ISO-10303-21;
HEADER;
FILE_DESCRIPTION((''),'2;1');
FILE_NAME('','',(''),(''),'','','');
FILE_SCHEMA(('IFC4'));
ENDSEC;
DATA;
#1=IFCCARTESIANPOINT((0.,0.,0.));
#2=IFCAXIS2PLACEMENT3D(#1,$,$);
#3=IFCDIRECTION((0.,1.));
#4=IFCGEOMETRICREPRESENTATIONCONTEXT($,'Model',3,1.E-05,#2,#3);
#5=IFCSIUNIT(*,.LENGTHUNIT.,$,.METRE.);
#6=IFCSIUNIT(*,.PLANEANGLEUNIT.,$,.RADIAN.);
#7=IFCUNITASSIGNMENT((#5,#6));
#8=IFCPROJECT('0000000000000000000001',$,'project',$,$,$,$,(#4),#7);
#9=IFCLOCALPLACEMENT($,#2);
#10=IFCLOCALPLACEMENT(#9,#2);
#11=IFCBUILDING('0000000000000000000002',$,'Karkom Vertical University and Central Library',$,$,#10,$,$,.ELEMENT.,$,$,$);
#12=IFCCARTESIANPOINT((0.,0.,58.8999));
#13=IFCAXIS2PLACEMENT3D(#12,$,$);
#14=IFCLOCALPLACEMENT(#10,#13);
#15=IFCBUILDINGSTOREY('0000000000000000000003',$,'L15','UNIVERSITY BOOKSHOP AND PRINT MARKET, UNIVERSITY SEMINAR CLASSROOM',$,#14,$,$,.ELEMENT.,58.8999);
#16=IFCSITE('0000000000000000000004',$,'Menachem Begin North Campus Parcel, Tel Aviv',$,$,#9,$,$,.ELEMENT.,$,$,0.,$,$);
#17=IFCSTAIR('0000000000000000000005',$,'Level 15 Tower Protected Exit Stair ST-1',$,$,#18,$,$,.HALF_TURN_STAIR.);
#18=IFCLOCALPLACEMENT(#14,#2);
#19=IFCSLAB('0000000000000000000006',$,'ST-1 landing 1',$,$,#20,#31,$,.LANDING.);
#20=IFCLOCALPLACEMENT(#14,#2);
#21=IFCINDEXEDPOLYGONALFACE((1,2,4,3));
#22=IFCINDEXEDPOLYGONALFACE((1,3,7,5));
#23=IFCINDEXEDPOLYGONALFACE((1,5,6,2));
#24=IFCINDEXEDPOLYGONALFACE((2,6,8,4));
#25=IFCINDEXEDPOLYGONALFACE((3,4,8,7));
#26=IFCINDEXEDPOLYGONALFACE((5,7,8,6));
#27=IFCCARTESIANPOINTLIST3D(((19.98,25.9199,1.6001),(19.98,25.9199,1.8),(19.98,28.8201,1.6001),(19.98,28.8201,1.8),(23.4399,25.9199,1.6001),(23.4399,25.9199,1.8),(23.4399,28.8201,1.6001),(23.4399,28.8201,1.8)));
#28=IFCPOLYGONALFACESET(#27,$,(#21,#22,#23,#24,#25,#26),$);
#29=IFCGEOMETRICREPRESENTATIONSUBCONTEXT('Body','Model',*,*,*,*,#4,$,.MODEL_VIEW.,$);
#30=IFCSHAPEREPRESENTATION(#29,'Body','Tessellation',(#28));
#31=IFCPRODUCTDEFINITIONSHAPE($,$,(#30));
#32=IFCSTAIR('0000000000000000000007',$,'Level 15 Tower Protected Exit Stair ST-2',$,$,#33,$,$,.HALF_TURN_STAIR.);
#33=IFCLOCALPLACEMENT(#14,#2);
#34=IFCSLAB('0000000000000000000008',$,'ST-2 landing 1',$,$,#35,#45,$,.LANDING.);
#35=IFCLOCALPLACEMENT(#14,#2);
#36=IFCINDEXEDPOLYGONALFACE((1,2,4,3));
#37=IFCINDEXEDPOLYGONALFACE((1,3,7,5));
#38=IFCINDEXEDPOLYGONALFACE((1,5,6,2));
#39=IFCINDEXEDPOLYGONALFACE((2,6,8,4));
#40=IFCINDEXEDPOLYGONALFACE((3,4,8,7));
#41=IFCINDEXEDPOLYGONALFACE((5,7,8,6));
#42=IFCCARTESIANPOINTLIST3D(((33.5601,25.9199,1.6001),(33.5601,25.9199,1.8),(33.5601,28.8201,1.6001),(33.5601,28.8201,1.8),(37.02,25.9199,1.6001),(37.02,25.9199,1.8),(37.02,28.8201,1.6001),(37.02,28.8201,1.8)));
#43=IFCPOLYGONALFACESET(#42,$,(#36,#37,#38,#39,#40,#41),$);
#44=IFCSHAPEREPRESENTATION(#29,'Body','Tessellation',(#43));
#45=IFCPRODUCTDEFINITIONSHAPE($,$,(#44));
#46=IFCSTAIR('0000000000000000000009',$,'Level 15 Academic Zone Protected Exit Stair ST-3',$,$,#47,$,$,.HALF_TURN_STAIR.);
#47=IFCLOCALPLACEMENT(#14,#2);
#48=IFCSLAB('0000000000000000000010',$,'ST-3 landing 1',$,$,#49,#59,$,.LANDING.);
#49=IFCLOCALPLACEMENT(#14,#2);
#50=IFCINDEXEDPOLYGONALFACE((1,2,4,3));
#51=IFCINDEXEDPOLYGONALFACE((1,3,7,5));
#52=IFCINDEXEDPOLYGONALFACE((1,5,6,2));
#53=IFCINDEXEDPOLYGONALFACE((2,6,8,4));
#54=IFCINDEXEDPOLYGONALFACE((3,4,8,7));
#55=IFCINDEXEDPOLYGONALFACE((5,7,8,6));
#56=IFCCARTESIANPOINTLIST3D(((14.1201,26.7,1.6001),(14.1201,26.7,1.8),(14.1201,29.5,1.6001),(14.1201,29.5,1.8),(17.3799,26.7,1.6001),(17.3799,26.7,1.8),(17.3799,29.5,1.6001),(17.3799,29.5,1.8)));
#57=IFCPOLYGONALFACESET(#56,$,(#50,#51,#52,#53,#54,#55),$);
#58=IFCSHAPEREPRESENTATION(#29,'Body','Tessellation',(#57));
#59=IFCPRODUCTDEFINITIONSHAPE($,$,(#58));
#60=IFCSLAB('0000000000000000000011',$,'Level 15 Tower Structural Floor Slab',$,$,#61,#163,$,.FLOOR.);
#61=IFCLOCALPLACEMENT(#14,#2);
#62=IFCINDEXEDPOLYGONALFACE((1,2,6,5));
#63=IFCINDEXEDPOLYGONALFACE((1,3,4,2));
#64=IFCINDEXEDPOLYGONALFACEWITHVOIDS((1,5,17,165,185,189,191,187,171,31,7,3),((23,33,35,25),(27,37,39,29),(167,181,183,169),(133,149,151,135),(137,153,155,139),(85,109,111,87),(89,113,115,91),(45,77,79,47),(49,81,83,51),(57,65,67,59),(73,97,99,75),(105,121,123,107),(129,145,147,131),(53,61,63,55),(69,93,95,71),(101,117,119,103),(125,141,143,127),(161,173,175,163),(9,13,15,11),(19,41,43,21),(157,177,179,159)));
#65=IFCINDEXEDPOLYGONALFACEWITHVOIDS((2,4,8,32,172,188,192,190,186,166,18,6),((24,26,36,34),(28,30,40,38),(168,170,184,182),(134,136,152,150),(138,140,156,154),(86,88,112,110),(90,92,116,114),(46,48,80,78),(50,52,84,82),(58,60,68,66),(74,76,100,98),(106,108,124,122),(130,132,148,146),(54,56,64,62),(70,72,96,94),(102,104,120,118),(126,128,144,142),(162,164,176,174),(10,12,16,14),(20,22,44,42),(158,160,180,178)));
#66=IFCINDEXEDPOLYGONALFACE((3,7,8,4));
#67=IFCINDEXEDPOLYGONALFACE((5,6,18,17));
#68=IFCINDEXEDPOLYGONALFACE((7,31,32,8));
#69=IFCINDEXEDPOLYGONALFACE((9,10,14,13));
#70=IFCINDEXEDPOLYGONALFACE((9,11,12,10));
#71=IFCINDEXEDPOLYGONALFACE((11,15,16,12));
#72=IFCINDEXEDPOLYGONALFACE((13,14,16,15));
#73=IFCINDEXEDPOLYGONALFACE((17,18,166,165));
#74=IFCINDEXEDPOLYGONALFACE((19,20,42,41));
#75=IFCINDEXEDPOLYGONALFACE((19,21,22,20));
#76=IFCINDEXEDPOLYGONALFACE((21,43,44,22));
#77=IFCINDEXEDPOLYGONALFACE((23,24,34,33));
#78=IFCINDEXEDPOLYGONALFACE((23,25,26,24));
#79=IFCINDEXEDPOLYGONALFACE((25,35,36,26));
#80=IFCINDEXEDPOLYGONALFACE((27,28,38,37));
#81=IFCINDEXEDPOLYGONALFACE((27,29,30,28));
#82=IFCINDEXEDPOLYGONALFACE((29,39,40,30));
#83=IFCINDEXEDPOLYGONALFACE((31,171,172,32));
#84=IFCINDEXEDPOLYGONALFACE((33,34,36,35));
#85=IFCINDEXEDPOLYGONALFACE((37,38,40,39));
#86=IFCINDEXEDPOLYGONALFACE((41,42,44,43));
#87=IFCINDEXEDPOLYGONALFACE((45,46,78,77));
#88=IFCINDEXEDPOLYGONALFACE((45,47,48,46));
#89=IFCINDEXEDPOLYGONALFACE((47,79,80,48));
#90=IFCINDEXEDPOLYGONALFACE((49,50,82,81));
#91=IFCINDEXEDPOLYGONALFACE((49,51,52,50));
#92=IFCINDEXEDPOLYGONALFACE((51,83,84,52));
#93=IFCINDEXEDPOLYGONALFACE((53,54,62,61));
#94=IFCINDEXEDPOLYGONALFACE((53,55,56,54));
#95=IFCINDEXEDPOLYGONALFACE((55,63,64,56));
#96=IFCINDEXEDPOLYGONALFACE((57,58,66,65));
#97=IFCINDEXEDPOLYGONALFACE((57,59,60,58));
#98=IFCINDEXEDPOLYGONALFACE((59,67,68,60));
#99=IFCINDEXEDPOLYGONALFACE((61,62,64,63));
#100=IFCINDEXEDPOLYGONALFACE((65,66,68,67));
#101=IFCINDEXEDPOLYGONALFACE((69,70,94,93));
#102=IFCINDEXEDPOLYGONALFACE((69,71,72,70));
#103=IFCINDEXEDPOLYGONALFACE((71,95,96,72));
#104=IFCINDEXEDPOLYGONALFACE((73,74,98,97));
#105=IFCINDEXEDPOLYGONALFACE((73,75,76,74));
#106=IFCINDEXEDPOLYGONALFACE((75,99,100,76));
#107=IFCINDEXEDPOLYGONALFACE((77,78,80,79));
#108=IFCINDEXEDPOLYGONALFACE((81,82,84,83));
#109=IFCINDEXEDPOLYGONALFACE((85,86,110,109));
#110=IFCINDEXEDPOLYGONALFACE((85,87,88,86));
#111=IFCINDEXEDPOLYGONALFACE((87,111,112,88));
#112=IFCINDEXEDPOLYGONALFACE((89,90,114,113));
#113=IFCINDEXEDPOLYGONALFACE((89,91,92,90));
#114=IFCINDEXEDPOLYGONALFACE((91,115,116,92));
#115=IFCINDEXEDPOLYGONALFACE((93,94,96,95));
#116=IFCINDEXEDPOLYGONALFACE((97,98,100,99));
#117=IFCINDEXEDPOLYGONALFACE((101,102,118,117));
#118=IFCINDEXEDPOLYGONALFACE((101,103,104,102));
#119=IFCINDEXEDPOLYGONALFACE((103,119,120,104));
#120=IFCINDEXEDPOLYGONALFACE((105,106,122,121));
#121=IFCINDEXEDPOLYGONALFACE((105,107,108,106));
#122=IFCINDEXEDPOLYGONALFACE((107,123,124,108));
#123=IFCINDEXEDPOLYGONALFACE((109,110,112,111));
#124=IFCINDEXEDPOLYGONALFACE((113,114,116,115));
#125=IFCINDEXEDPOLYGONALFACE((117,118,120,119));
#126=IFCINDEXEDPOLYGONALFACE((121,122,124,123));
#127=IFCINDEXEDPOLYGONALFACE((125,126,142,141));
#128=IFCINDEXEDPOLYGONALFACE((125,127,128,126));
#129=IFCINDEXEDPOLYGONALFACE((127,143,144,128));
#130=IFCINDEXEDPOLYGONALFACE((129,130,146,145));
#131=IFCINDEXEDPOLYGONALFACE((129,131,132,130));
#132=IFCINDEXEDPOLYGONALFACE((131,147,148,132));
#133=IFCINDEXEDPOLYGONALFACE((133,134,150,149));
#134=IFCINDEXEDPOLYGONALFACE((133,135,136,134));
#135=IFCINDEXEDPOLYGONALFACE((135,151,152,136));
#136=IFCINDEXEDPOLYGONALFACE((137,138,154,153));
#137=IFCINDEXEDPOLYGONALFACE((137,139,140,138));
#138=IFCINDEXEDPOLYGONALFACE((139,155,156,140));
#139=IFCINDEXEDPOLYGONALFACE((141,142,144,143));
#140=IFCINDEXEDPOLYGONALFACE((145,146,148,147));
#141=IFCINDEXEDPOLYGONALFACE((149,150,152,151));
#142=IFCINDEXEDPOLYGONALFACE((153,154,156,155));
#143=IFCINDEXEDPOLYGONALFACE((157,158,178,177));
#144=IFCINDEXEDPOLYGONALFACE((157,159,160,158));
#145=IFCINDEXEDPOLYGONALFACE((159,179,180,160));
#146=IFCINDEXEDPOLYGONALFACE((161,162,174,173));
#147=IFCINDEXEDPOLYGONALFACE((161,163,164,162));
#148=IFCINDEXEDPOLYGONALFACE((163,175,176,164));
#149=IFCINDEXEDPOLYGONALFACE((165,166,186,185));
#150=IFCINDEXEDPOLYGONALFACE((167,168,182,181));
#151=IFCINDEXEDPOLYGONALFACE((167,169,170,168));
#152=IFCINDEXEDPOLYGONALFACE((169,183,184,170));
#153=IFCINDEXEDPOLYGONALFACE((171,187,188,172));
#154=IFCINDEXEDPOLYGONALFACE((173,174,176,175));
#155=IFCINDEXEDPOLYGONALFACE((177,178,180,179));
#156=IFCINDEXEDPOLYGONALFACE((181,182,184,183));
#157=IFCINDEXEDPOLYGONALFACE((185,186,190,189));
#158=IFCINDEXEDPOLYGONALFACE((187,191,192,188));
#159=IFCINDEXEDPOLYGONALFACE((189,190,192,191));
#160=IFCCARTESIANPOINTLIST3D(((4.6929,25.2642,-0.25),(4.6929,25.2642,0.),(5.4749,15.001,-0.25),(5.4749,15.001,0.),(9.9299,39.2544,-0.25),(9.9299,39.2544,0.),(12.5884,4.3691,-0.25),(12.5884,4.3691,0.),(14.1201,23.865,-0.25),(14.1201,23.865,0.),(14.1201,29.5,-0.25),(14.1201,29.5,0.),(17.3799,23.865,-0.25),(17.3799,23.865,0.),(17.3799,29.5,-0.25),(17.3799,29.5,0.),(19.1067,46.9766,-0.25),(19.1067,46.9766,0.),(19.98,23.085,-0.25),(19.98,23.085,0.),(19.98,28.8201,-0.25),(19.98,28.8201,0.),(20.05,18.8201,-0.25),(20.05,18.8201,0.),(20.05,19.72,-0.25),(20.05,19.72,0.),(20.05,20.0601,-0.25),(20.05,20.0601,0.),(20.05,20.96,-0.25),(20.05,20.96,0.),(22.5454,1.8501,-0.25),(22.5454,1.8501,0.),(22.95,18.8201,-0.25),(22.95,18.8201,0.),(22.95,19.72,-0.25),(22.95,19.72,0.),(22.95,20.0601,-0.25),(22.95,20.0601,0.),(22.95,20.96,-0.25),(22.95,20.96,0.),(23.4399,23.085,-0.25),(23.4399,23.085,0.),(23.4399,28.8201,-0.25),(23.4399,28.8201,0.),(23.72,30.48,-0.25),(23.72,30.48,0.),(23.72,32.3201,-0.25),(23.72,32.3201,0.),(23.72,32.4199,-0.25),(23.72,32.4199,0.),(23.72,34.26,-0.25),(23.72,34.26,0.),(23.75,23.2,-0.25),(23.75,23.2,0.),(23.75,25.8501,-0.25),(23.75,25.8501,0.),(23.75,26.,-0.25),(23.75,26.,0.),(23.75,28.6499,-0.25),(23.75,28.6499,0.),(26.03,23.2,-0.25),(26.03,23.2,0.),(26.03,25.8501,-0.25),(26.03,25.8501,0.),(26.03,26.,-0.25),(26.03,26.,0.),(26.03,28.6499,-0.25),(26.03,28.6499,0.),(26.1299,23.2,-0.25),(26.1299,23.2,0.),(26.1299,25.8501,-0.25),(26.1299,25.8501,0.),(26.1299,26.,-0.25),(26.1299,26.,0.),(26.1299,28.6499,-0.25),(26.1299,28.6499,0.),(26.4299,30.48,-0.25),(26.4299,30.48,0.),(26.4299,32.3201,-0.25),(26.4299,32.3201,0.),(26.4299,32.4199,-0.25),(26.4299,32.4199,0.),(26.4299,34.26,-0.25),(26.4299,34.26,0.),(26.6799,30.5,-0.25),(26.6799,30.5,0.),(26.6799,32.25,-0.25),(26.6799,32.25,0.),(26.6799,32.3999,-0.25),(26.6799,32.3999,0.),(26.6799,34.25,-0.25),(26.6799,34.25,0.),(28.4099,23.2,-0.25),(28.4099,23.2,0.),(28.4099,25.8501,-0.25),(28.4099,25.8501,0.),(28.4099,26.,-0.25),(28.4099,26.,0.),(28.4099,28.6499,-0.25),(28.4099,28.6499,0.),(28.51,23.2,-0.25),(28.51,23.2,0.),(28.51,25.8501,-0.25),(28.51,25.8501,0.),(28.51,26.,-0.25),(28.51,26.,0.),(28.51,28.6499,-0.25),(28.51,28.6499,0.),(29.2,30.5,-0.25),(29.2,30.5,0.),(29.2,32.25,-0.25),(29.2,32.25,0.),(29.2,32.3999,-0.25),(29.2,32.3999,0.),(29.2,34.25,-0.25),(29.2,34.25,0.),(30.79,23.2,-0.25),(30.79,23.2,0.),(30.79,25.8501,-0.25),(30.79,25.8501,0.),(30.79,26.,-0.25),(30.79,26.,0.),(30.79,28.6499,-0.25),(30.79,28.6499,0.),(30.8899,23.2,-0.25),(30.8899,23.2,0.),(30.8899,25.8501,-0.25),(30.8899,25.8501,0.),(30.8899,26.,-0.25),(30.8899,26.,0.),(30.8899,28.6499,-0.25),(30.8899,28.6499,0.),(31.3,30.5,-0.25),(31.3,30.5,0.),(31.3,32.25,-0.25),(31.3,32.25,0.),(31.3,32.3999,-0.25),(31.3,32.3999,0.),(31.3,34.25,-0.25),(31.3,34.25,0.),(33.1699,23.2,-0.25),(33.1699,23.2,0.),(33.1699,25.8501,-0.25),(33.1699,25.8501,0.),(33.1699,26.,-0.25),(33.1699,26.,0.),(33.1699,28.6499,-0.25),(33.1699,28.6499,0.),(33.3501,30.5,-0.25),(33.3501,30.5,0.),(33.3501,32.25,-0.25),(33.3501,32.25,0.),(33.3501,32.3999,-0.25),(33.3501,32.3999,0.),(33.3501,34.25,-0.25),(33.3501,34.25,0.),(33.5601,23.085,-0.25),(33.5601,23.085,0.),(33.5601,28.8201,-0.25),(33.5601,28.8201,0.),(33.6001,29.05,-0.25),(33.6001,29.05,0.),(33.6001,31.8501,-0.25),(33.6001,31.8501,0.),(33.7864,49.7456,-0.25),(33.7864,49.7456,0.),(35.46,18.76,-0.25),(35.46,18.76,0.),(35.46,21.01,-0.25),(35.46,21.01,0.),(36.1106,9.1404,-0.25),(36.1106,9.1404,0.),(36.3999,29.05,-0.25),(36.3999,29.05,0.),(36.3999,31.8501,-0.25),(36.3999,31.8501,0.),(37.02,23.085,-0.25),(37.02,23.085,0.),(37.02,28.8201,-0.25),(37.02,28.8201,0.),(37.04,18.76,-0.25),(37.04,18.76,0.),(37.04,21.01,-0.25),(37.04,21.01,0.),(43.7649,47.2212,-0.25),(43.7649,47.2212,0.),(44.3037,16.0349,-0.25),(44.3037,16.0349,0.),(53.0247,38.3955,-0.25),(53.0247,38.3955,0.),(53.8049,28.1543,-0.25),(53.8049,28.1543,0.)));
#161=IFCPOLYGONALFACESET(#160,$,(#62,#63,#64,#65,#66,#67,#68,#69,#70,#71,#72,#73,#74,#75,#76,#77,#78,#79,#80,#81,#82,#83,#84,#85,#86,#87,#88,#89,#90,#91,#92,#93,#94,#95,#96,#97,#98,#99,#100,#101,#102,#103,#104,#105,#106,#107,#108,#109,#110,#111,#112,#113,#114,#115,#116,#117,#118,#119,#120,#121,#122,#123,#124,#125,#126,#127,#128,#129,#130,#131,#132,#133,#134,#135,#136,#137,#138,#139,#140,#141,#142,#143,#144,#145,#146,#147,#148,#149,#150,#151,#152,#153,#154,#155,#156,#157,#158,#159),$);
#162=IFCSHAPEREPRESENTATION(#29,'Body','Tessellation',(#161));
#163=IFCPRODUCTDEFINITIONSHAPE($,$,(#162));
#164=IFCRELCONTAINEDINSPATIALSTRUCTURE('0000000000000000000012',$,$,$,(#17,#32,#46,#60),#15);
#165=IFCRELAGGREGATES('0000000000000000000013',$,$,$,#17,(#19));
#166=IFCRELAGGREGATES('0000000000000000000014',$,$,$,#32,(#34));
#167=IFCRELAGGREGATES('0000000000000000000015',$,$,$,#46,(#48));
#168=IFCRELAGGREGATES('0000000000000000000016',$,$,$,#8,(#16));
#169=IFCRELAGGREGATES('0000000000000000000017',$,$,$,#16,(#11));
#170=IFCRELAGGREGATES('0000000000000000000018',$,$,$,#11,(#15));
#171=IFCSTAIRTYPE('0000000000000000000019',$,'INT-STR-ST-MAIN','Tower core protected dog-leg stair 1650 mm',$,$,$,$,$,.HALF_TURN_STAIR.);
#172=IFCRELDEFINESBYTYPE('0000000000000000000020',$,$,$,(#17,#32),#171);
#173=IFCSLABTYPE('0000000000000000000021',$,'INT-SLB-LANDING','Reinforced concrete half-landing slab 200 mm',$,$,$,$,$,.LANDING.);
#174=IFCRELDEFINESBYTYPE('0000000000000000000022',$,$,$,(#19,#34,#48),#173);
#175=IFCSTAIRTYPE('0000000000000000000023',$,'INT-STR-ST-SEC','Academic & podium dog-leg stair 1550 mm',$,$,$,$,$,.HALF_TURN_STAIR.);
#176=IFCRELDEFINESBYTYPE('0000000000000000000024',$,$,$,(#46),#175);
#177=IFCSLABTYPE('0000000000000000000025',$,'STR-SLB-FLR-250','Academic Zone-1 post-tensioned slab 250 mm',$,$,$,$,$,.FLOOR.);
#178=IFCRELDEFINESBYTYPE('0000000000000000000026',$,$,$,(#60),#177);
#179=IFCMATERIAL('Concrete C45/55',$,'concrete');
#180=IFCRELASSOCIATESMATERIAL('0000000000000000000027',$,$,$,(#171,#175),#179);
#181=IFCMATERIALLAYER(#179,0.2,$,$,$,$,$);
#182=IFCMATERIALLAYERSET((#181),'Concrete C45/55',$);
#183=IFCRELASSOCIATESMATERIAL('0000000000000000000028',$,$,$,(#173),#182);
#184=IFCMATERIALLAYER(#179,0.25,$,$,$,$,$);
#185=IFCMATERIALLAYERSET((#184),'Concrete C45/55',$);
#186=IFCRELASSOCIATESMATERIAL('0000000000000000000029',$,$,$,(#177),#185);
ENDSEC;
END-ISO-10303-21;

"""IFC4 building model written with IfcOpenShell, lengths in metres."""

from ifc_helpers import new_model, si_unit, direction, frame, origin, place, context, subcontext, project, spatial, polyline, outline, extrude, material, layer, layer_set, type_object, element, aggregate, save


model = new_model("IFC4")

# Units and contexts
model_context = context("Model", 3, precision=1e-05, world=origin(), true_north=direction((0.0, 1.0)))
body_context = subcontext(model_context, "Body", "Model", "MODEL_VIEW")
ifc_project = project(units=[si_unit("LENGTHUNIT", "METRE"), si_unit("PLANEANGLEUNIT", "RADIAN")], contexts=[model_context])

# Site, building, storey
site_placement = place(None, origin())
site = spatial("IfcSite", under=ifc_project, at=site_placement, Name="Menachem Begin North Campus Parcel, Tel Aviv", CompositionType="ELEMENT", RefElevation=0.0)
building_placement = place(site_placement, origin())
building = spatial("IfcBuilding", under=site, at=building_placement, Name="Karkom Vertical University and Central Library", CompositionType="ELEMENT")
storey_placement = place(building_placement, frame((0.0, 0.0, 58.8999)))
storey = spatial("IfcBuildingStorey", under=building, at=storey_placement, Name="L15", Description="UNIVERSITY BOOKSHOP AND PRINT MARKET, UNIVERSITY SEMINAR CLASSROOM", CompositionType="ELEMENT", Elevation=58.8999)

# Stairs, slabs
ifc_material_1 = material(Name="Concrete C45/55", Category="concrete")
stair_type_1 = type_object("IfcStairType", Name="INT-STR-ST-MAIN", Description="Tower core protected dog-leg stair 1650 mm", PredefinedType="HALF_TURN_STAIR", material=ifc_material_1)
stair_1_placement = place(storey_placement, origin())
stair_1 = element("IfcStair", 1, at=stair_1_placement, inside=storey, type_object=stair_type_1, Name="Level 15 Tower Protected Exit Stair ST-1", PredefinedType="HALF_TURN_STAIR")
ifc_layer_1 = layer(ifc_material_1, 0.2)
ifc_layer_set_1 = layer_set([ifc_layer_1], Name="Concrete C45/55")
slab_type_1 = type_object("IfcSlabType", Name="INT-SLB-LANDING", Description="Reinforced concrete half-landing slab 200 mm", PredefinedType="LANDING", material=ifc_layer_set_1)
slab_1_placement = place(storey_placement, frame((0.0, 0.0, 1.6001)))
slab_1 = element("IfcSlab", 2, at=slab_1_placement, type_object=slab_type_1, Name="ST-1 landing 1", PredefinedType="LANDING", context=body_context, shape_type="SweptSolid", body=[
    extrude(outline(polyline([(23.4399, 25.9199), (23.4399, 28.8201), (19.98, 28.8201), (19.98, 25.9199), (23.4399, 25.9199)])), origin(), (0.0, 0.0, 1.0), 0.2),
])
aggregate(stair_1, [slab_1])
stair_2_placement = place(storey_placement, origin())
stair_2 = element("IfcStair", 3, at=stair_2_placement, inside=storey, type_object=stair_type_1, Name="Level 15 Tower Protected Exit Stair ST-2", PredefinedType="HALF_TURN_STAIR")
slab_2_placement = place(storey_placement, frame((0.0, 0.0, 1.6001)))
slab_2 = element("IfcSlab", 4, at=slab_2_placement, type_object=slab_type_1, Name="ST-2 landing 1", PredefinedType="LANDING", context=body_context, shape_type="SweptSolid", body=[
    extrude(outline(polyline([(37.02, 25.9199), (37.02, 28.8201), (33.5601, 28.8201), (33.5601, 25.9199), (37.02, 25.9199)])), origin(), (0.0, 0.0, 1.0), 0.2),
])
aggregate(stair_2, [slab_2])
stair_type_2 = type_object("IfcStairType", Name="INT-STR-ST-SEC", Description="Academic & podium dog-leg stair 1550 mm", PredefinedType="HALF_TURN_STAIR", material=ifc_material_1)
stair_3_placement = place(storey_placement, origin())
stair_3 = element("IfcStair", 5, at=stair_3_placement, inside=storey, type_object=stair_type_2, Name="Level 15 Academic Zone Protected Exit Stair ST-3", PredefinedType="HALF_TURN_STAIR")
slab_3_placement = place(storey_placement, frame((0.0, 0.0, 1.6001)))
slab_3 = element("IfcSlab", 6, at=slab_3_placement, type_object=slab_type_1, Name="ST-3 landing 1", PredefinedType="LANDING", context=body_context, shape_type="SweptSolid", body=[
    extrude(outline(polyline([(17.3799, 26.7), (17.3799, 29.5), (14.1201, 29.5), (14.1201, 26.7), (17.3799, 26.7)])), origin(), (0.0, 0.0, 1.0), 0.2),
])
aggregate(stair_3, [slab_3])

# Slab
ifc_layer_2 = layer(ifc_material_1, 0.25)
ifc_layer_set_2 = layer_set([ifc_layer_2], Name="Concrete C45/55")
slab_type_2 = type_object("IfcSlabType", Name="STR-SLB-FLR-250", Description="Academic Zone-1 post-tensioned slab 250 mm", PredefinedType="FLOOR", material=ifc_layer_set_2)
slab_4_placement = place(storey_placement, frame((0.0, 0.0, -0.25)))
element("IfcSlab", 7, at=slab_4_placement, inside=storey, type_object=slab_type_2, Name="Level 15 Tower Structural Floor Slab", PredefinedType="FLOOR", context=body_context, shape_type="SweptSolid", body=[
    extrude(outline(polyline([(19.1067, 46.9766), (9.9299, 39.2544), (4.6929, 25.2642), (5.4749, 15.001), (12.5884, 4.3691), (22.5454, 1.8501), (36.1106, 9.1404), (44.3037, 16.0349), (53.8049, 28.1543), (53.0247, 38.3955), (43.7649, 47.2212), (33.7864, 49.7456), (19.1067, 46.9766)]), holes=[polyline([(19.98, 23.085), (23.4399, 23.085), (23.4399, 28.8201), (19.98, 28.8201), (19.98, 23.085)]), polyline([(33.5601, 23.085), (37.02, 23.085), (37.02, 28.8201), (33.5601, 28.8201), (33.5601, 23.085)]), polyline([(14.1201, 23.865), (17.3799, 23.865), (17.3799, 29.5), (14.1201, 29.5), (14.1201, 23.865)]), polyline([(23.75, 23.2), (26.03, 23.2), (26.03, 25.8501), (23.75, 25.8501), (23.75, 23.2)]), polyline([(26.1299, 23.2), (28.4099, 23.2), (28.4099, 25.8501), (26.1299, 25.8501), (26.1299, 23.2)]), polyline([(28.51, 23.2), (30.79, 23.2), (30.79, 25.8501), (28.51, 25.8501), (28.51, 23.2)]), polyline([(30.8899, 23.2), (33.1699, 23.2), (33.1699, 25.8501), (30.8899, 25.8501), (30.8899, 23.2)]), polyline([(23.75, 26.0), (26.03, 26.0), (26.03, 28.6499), (23.75, 28.6499), (23.75, 26.0)]), polyline([(26.1299, 26.0), (28.4099, 26.0), (28.4099, 28.6499), (26.1299, 28.6499), (26.1299, 26.0)]), polyline([(28.51, 26.0), (30.79, 26.0), (30.79, 28.6499), (28.51, 28.6499), (28.51, 26.0)]), polyline([(30.8899, 26.0), (33.1699, 26.0), (33.1699, 28.6499), (30.8899, 28.6499), (30.8899, 26.0)]), polyline([(26.6799, 30.5), (29.2, 30.5), (29.2, 32.25), (26.6799, 32.25), (26.6799, 30.5)]), polyline([(26.6799, 32.3999), (29.2, 32.3999), (29.2, 34.25), (26.6799, 34.25), (26.6799, 32.3999)]), polyline([(31.3, 30.5), (33.3501, 30.5), (33.3501, 32.25), (31.3, 32.25), (31.3, 30.5)]), polyline([(31.3, 32.3999), (33.3501, 32.3999), (33.3501, 34.25), (31.3, 34.25), (31.3, 32.3999)]), polyline([(23.72, 30.48), (26.4299, 30.48), (26.4299, 32.3201), (23.72, 32.3201), (23.72, 30.48)]), polyline([(23.72, 32.4199), (26.4299, 32.4199), (26.4299, 34.26), (23.72, 34.26), (23.72, 32.4199)]), polyline([(33.6001, 29.05), (36.3999, 29.05), (36.3999, 31.8501), (33.6001, 31.8501), (33.6001, 29.05)]), polyline([(20.05, 18.8201), (22.95, 18.8201), (22.95, 19.72), (20.05, 19.72), (20.05, 18.8201)]), polyline([(20.05, 20.0601), (22.95, 20.0601), (22.95, 20.96), (20.05, 20.96), (20.05, 20.0601)]), polyline([(35.46, 18.76), (37.04, 18.76), (37.04, 21.01), (35.46, 21.01), (35.46, 18.76)])]), origin(), (0.0, 0.0, 1.0), 0.25),
])

save(model, "model.ifc")
